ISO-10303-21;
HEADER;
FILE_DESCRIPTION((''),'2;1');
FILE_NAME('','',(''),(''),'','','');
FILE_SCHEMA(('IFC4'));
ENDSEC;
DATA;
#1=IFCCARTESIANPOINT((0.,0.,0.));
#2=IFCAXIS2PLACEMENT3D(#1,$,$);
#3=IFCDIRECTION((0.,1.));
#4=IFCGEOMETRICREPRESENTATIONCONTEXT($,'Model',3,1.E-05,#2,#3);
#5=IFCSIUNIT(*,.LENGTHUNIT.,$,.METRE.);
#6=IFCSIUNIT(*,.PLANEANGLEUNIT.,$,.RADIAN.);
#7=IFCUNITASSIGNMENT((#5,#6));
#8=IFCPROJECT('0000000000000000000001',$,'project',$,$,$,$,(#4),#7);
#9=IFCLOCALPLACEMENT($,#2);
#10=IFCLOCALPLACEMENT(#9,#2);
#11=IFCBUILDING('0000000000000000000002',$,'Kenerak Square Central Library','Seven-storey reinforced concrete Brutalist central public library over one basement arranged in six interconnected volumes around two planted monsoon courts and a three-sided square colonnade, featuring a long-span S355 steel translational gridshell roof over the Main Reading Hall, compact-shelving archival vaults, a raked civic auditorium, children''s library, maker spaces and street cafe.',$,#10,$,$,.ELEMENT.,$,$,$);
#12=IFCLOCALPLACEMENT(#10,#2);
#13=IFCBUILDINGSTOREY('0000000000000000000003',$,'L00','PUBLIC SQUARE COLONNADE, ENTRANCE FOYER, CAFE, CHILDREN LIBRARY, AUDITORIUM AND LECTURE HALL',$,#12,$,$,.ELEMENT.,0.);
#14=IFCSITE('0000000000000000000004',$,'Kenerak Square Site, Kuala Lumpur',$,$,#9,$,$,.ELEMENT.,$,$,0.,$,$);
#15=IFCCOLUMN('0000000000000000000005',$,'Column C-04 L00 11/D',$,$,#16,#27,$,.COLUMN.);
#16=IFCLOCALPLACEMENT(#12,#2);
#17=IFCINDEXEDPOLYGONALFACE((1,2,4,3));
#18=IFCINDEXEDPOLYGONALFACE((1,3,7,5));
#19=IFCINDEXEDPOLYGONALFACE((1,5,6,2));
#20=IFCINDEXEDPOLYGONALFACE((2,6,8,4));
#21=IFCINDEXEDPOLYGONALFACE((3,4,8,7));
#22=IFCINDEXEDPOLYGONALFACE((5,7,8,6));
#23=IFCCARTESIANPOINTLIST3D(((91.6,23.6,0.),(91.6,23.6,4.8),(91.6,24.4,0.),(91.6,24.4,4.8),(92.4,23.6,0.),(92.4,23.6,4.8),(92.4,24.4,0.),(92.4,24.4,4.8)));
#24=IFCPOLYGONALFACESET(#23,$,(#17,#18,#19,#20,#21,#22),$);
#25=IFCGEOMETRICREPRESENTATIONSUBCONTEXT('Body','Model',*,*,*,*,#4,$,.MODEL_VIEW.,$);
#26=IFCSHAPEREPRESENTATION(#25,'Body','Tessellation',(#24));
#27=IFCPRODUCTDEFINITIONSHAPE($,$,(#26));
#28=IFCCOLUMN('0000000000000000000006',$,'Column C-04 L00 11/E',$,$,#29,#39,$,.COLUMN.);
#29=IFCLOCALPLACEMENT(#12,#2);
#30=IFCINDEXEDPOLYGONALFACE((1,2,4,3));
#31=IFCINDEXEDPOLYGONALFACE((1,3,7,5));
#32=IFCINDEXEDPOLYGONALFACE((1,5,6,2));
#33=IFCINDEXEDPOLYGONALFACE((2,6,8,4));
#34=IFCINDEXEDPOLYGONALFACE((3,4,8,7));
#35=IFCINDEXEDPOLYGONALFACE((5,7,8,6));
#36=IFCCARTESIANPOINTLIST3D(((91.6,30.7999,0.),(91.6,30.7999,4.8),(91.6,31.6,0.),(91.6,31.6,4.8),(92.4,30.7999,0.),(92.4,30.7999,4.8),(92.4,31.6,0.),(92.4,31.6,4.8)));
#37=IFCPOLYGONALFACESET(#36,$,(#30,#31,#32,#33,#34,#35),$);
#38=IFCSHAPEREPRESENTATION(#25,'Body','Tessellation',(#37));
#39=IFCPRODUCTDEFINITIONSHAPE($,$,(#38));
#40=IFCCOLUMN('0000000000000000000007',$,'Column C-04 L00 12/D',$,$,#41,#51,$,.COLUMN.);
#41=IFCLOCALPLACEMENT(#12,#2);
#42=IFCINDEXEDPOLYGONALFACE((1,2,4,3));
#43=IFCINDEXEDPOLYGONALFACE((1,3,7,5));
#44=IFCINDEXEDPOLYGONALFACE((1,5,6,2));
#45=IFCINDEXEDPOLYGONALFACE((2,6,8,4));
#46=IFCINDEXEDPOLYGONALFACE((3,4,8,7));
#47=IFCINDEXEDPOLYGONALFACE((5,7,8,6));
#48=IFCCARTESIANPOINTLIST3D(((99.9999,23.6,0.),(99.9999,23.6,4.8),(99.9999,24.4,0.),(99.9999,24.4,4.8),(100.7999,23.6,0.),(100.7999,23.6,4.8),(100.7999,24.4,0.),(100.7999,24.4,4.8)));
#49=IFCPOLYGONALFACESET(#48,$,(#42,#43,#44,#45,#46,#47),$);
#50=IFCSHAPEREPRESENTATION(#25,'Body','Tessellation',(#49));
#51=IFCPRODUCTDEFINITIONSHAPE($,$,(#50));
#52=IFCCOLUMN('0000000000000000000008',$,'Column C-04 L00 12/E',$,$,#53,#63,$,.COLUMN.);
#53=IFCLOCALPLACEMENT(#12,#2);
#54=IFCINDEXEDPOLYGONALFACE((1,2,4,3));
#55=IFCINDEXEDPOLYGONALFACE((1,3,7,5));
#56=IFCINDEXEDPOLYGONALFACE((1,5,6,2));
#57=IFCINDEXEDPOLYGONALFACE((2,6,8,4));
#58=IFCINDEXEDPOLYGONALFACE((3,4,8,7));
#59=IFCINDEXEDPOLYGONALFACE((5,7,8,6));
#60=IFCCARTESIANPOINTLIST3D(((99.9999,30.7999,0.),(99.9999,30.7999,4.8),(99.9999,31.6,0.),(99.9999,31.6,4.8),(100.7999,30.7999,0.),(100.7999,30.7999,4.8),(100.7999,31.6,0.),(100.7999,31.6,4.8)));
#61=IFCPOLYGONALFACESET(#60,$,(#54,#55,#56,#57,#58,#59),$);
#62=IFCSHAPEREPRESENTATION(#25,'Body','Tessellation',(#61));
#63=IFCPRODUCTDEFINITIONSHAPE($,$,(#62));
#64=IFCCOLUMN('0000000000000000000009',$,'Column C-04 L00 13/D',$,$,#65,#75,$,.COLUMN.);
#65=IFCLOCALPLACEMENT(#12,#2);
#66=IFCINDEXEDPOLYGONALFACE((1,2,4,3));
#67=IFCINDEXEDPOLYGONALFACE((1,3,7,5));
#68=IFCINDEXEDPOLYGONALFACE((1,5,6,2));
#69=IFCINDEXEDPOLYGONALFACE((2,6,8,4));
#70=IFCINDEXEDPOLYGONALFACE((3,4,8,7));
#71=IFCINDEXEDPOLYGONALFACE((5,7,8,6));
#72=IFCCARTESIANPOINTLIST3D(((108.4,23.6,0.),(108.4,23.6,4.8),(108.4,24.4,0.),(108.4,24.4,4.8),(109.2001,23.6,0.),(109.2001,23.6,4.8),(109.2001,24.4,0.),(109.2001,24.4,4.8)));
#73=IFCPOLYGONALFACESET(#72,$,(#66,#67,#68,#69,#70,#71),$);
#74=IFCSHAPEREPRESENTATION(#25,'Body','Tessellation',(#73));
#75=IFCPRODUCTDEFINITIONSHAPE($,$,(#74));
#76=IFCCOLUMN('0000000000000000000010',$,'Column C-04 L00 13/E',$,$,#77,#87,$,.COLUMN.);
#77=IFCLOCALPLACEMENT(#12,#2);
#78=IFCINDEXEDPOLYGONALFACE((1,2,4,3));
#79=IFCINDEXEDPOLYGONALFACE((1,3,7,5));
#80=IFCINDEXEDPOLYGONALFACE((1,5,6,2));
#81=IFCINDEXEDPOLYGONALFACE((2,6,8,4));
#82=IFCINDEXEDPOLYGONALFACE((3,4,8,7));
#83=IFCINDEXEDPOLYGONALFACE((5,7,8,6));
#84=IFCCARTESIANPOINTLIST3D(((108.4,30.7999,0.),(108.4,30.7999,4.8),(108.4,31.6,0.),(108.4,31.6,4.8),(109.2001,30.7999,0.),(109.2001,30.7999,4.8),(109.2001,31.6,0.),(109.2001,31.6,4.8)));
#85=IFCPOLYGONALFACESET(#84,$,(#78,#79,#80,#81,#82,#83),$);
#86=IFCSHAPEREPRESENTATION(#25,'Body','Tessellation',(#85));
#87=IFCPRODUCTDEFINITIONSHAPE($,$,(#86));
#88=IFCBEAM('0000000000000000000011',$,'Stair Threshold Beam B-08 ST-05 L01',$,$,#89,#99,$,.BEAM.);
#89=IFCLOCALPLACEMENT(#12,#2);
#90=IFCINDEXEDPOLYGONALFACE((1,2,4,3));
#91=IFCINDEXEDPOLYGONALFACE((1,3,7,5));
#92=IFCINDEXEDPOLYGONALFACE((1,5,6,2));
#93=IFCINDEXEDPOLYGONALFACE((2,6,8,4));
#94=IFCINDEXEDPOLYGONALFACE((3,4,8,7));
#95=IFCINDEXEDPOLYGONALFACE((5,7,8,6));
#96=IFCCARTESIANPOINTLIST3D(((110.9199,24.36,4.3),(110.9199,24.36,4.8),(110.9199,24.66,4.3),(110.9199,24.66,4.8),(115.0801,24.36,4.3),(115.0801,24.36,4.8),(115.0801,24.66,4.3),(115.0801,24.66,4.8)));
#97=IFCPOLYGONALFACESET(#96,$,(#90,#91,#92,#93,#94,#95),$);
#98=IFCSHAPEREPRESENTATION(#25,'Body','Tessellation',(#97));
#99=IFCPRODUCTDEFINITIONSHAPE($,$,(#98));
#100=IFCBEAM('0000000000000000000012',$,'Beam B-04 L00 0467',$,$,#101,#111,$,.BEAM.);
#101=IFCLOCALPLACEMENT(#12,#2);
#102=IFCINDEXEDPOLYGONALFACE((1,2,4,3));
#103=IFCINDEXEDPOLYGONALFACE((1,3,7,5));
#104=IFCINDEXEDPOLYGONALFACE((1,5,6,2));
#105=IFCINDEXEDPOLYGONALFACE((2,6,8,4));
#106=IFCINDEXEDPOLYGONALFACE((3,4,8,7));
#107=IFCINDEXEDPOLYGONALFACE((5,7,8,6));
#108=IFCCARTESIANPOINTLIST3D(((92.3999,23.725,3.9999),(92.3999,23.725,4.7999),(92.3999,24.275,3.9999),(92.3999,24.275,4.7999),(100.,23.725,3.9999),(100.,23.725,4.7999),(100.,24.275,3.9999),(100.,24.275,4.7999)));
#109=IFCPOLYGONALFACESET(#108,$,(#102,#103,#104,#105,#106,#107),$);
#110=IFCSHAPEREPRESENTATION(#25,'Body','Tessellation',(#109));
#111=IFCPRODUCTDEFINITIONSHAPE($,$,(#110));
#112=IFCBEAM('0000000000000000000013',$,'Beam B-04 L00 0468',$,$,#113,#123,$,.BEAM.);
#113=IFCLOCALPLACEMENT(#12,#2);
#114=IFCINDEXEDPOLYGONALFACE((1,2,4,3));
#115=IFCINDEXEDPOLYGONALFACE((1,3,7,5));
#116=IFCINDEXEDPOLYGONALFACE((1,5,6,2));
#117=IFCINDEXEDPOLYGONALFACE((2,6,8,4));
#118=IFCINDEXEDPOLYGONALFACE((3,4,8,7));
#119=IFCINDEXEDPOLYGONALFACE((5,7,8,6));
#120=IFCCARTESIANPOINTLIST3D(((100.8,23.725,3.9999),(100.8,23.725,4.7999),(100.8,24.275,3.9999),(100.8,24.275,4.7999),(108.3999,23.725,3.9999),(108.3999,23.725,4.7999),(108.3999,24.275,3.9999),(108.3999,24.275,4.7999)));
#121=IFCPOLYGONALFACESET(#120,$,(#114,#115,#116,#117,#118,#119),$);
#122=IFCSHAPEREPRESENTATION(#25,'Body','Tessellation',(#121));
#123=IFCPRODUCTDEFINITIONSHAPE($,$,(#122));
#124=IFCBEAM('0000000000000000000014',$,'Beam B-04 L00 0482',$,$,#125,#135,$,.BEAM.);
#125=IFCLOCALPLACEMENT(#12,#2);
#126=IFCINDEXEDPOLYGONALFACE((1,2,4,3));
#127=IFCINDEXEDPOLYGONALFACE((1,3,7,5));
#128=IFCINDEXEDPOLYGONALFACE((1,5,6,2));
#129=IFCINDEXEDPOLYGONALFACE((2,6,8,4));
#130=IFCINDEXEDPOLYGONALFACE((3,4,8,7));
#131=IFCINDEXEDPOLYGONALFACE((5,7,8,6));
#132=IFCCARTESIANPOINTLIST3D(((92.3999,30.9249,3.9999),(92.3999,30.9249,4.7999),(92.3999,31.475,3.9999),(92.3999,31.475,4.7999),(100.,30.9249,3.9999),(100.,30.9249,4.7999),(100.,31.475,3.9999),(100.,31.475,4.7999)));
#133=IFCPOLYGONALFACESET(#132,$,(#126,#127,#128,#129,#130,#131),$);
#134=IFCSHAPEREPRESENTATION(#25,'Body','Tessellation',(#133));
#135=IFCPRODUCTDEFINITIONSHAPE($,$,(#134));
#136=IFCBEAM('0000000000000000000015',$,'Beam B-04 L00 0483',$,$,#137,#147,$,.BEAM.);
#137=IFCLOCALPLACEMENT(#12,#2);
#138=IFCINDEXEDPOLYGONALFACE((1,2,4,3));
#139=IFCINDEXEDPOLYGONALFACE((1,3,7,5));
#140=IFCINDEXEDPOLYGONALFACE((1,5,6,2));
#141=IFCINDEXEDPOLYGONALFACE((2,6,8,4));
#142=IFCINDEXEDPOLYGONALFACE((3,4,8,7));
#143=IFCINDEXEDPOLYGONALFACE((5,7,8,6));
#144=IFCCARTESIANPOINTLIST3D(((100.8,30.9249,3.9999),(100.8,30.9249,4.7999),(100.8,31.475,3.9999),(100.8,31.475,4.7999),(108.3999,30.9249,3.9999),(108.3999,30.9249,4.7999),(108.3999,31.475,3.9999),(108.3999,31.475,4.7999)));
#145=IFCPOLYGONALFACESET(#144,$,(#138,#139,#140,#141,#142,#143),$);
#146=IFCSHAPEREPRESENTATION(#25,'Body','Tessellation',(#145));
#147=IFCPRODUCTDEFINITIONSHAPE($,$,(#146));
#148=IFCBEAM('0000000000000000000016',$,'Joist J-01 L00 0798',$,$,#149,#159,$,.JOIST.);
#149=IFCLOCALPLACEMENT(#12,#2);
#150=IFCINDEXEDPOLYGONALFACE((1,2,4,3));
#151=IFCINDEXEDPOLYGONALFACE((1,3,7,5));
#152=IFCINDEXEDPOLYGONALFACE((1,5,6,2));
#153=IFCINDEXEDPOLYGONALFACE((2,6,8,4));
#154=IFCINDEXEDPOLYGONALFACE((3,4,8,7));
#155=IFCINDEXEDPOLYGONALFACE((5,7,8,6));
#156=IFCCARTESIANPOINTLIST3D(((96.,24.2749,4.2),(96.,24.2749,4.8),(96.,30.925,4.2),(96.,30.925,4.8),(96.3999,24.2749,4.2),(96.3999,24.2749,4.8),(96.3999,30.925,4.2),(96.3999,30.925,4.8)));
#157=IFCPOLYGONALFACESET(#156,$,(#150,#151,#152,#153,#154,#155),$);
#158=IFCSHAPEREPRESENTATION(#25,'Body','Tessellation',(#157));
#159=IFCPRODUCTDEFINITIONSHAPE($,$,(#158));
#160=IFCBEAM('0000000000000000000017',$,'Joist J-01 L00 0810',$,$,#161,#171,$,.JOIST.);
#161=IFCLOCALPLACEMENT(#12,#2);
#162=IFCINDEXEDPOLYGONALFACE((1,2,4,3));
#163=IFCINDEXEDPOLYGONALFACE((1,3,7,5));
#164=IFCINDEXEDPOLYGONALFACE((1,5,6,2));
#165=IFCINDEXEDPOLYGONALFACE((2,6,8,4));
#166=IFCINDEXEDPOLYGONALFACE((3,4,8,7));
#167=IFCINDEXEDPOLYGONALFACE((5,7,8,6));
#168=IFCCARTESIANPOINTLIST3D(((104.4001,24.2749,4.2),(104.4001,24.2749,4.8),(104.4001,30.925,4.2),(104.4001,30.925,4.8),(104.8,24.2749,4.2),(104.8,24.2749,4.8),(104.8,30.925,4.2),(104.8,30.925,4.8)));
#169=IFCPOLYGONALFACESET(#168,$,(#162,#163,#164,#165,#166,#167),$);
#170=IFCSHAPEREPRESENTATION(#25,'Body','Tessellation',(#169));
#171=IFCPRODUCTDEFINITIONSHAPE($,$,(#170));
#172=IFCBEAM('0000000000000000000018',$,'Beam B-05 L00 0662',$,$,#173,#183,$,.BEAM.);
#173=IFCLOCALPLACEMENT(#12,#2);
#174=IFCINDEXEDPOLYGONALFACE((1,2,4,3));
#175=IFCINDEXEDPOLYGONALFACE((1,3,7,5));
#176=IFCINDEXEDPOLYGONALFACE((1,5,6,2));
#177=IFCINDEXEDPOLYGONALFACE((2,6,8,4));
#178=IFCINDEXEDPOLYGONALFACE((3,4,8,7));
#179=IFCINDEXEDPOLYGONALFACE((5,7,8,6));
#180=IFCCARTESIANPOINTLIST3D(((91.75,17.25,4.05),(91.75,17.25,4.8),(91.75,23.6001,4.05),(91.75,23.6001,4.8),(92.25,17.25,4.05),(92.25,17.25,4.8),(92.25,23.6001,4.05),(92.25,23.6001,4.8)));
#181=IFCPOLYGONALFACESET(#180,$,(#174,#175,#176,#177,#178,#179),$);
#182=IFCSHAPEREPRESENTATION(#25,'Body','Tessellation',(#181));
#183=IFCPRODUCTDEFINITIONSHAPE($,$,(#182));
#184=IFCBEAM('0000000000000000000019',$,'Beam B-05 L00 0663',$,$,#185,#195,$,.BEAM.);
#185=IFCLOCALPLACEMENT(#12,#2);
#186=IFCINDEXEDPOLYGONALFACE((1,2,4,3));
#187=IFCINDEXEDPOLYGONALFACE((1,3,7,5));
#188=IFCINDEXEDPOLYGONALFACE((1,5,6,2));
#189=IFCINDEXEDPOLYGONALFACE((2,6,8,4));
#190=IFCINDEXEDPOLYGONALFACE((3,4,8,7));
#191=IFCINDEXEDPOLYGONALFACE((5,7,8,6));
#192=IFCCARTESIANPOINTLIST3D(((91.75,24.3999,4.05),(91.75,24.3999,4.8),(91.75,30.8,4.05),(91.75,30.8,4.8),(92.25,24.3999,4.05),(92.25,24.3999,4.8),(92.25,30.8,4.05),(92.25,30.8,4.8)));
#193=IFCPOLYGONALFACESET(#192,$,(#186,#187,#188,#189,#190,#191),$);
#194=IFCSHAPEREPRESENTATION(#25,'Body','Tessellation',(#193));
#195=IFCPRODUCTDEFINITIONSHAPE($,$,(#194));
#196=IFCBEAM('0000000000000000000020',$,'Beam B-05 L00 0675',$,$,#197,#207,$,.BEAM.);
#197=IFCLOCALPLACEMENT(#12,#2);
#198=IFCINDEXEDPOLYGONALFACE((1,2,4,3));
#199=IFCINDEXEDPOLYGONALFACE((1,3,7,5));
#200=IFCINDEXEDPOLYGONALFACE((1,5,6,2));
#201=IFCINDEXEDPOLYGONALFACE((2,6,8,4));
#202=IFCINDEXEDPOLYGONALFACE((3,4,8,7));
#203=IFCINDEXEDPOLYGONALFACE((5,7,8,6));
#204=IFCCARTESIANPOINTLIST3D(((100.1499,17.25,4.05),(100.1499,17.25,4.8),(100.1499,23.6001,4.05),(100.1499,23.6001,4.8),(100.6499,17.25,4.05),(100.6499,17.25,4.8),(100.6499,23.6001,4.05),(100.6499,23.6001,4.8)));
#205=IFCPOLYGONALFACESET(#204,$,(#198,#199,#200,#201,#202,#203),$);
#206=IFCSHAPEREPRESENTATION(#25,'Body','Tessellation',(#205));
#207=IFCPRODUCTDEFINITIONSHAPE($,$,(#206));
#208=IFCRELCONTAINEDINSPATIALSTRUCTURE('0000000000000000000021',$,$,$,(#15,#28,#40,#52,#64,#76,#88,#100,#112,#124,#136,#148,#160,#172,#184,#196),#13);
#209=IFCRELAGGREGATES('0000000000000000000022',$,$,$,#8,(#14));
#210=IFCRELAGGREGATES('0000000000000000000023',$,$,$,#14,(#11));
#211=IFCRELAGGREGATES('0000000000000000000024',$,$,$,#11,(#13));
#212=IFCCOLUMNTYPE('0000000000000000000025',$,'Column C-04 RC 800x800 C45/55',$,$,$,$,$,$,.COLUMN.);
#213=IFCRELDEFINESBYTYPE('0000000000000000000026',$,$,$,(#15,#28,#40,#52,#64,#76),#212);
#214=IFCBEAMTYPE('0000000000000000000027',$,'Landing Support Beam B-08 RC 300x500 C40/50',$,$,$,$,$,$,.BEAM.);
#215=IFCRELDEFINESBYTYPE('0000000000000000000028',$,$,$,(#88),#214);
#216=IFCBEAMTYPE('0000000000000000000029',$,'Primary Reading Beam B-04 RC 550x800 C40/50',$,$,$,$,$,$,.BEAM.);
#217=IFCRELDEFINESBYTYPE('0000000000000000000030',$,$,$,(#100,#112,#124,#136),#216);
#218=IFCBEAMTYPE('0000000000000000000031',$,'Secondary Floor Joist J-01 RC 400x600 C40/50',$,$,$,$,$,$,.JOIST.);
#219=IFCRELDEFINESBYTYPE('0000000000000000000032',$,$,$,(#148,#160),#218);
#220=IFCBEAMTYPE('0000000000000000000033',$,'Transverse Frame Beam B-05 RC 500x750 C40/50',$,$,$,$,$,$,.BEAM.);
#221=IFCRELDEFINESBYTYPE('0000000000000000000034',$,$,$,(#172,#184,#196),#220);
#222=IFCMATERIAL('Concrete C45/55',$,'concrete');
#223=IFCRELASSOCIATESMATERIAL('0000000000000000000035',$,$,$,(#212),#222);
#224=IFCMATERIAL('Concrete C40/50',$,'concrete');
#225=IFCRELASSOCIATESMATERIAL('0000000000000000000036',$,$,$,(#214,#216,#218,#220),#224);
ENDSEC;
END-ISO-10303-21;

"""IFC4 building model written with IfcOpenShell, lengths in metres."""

from ifc_helpers import new_model, si_unit, direction, frame, origin, origin_2d, place, context, subcontext, project, spatial, rectangle, extrude, material, material_profile, profile_set, type_object, element, save


model = new_model("IFC4")

# Units and contexts
model_context = context("Model", 3, precision=1e-05, world=origin(), true_north=direction((0.0, 1.0)))
body_context = subcontext(model_context, "Body", "Model", "MODEL_VIEW")
ifc_project = project(units=[si_unit("LENGTHUNIT", "METRE"), si_unit("PLANEANGLEUNIT", "RADIAN")], contexts=[model_context])

# Site, building, storey
site_placement = place(None, origin())
site = spatial("IfcSite", under=ifc_project, at=site_placement, Name="Kenerak Square Site, Kuala Lumpur", CompositionType="ELEMENT", RefElevation=0.0)
building_placement = place(site_placement, origin())
building = spatial("IfcBuilding", under=site, at=building_placement, Name="Kenerak Square Central Library", Description="Seven-storey reinforced concrete Brutalist central public library over one basement arranged in six interconnected volumes around two planted monsoon courts and a three-sided square colonnade, featuring a long-span S355 steel translational gridshell roof over the Main Reading Hall, compact-shelving archival vaults, a raked civic auditorium, children's library, maker spaces and street cafe.", CompositionType="ELEMENT")
storey_placement = place(building_placement, origin())
storey = spatial("IfcBuildingStorey", under=building, at=storey_placement, Name="L00", Description="PUBLIC SQUARE COLONNADE, ENTRANCE FOYER, CAFE, CHILDREN LIBRARY, AUDITORIUM AND LECTURE HALL", CompositionType="ELEMENT", Elevation=0.0)

# Columns
ifc_material_1 = material(Name="Concrete C45/55", Category="concrete")
ifc_material_profile_1 = material_profile(ifc_material_1, rectangle(XDim=0.8, YDim=0.8, at=origin_2d()), Name="RC 800x800")
ifc_profile_set_1 = profile_set([ifc_material_profile_1], Name="Concrete C45/55")
column_type = type_object("IfcColumnType", Name="Column C-04 RC 800x800 C45/55", PredefinedType="COLUMN", material=ifc_profile_set_1)
for number, where, z_axis, x_axis, name in (
    (1, (92.0, 24.0, 0.0), (0.0, 0.0, 1.0), (1.0, 0.0, 0.0), "Column C-04 L00 11/D"),
    (2, (92.0, 31.2, 0.0), (0.0, 0.0, 1.0), (1.0, 0.0, 0.0), "Column C-04 L00 11/E"),
    (3, (100.3999, 24.0, 0.0), (0.0, 0.0, 1.0), (1.0, 0.0, 0.0), "Column C-04 L00 12/D"),
    (4, (100.3999, 31.2, 0.0), (0.0, 0.0, 1.0), (1.0, 0.0, 0.0), "Column C-04 L00 12/E"),
    (5, (108.8, 24.0, 0.0), (0.0, 0.0, 1.0), (1.0, 0.0, 0.0), "Column C-04 L00 13/D"),
    (6, (108.8, 31.2, 0.0), (0.0, 0.0, 1.0), (1.0, 0.0, 0.0), "Column C-04 L00 13/E"),
):
    element("IfcColumn", number, at=place(storey_placement, frame(where, z_axis=z_axis, x_axis=x_axis)), inside=storey, type_object=column_type, Name=name, PredefinedType="COLUMN", context=body_context, shape_type="SweptSolid", body=[
        extrude(rectangle(XDim=0.8, YDim=0.8, at=origin_2d()), origin(), (0.0, 0.0, 1.0), 4.8),
    ])

# Beams
ifc_material_2 = material(Name="Concrete C40/50", Category="concrete")
ifc_material_profile_2 = material_profile(ifc_material_2, rectangle(XDim=0.3, YDim=0.5, at=origin_2d()), Name="RC 300x500")
ifc_profile_set_2 = profile_set([ifc_material_profile_2], Name="Concrete C40/50")
beam_type_1 = type_object("IfcBeamType", Name="Landing Support Beam B-08 RC 300x500 C40/50", PredefinedType="BEAM", material=ifc_profile_set_2)
beam_1_placement = place(storey_placement, frame((110.9199, 24.51, 4.55), z_axis=(1.0, 0.0, 0.0), x_axis=(0.0, 1.0, 0.0)))
element("IfcBeam", 7, at=beam_1_placement, inside=storey, type_object=beam_type_1, Name="Stair Threshold Beam B-08 ST-05 L01", PredefinedType="BEAM", context=body_context, shape_type="SweptSolid", body=[
    extrude(rectangle(XDim=0.3, YDim=0.5, at=origin_2d()), origin(), (0.0, 0.0, 1.0), 4.1602),
])
ifc_material_profile_3 = material_profile(ifc_material_2, rectangle(XDim=0.55, YDim=0.8, at=origin_2d()), Name="RC 550x800")
ifc_profile_set_3 = profile_set([ifc_material_profile_3], Name="Concrete C40/50")
beam_type_2 = type_object("IfcBeamType", Name="Primary Reading Beam B-04 RC 550x800 C40/50", PredefinedType="BEAM", material=ifc_profile_set_3)
beam_2_placement = place(storey_placement, frame((92.3999, 24.0, 4.3999), z_axis=(1.0, 0.0, 0.0), x_axis=(0.0, 1.0, 0.0)))
element("IfcBeam", 8, at=beam_2_placement, inside=storey, type_object=beam_type_2, Name="Beam B-04 L00 0467", PredefinedType="BEAM", context=body_context, shape_type="SweptSolid", body=[
    extrude(rectangle(XDim=0.55, YDim=0.8, at=origin_2d()), origin(), (0.0, 0.0, 1.0), 7.6001),
])
beam_3_placement = place(storey_placement, frame((100.8, 24.0, 4.3999), z_axis=(1.0, 0.0, 0.0), x_axis=(0.0, 1.0, 0.0)))
element("IfcBeam", 9, at=beam_3_placement, inside=storey, type_object=beam_type_2, Name="Beam B-04 L00 0468", PredefinedType="BEAM", context=body_context, shape_type="SweptSolid", body=[
    extrude(rectangle(XDim=0.55, YDim=0.8, at=origin_2d()), origin(), (0.0, 0.0, 1.0), 7.5999),
])
beam_4_placement = place(storey_placement, frame((92.3999, 31.2, 4.3999), z_axis=(1.0, 0.0, 0.0), x_axis=(0.0, 1.0, 0.0)))
element("IfcBeam", 10, at=beam_4_placement, inside=storey, type_object=beam_type_2, Name="Beam B-04 L00 0482", PredefinedType="BEAM", context=body_context, shape_type="SweptSolid", body=[
    extrude(rectangle(XDim=0.55, YDim=0.8, at=origin_2d()), origin(), (0.0, 0.0, 1.0), 7.6001),
])
beam_5_placement = place(storey_placement, frame((100.8, 31.2, 4.3999), z_axis=(1.0, 0.0, 0.0), x_axis=(0.0, 1.0, 0.0)))
element("IfcBeam", 11, at=beam_5_placement, inside=storey, type_object=beam_type_2, Name="Beam B-04 L00 0483", PredefinedType="BEAM", context=body_context, shape_type="SweptSolid", body=[
    extrude(rectangle(XDim=0.55, YDim=0.8, at=origin_2d()), origin(), (0.0, 0.0, 1.0), 7.5999),
])
ifc_material_profile_4 = material_profile(ifc_material_2, rectangle(XDim=0.3999, YDim=0.6001, at=origin_2d()), Name="RC 400x600")
ifc_profile_set_4 = profile_set([ifc_material_profile_4], Name="Concrete C40/50")
beam_type_3 = type_object("IfcBeamType", Name="Secondary Floor Joist J-01 RC 400x600 C40/50", PredefinedType="JOIST", material=ifc_profile_set_4)
for number, where, z_axis, x_axis, name in (
    (12, (96.2, 24.2749, 4.5), (0.0, 1.0, 0.0), (-1.0, 0.0, 0.0), "Joist J-01 L00 0798"),
    (13, (104.6001, 24.2749, 4.5), (0.0, 1.0, 0.0), (-1.0, 0.0, 0.0), "Joist J-01 L00 0810"),
):
    element("IfcBeam", number, at=place(storey_placement, frame(where, z_axis=z_axis, x_axis=x_axis)), inside=storey, type_object=beam_type_3, Name=name, PredefinedType="JOIST", context=body_context, shape_type="SweptSolid", body=[
        extrude(rectangle(XDim=0.3999, YDim=0.6001, at=origin_2d()), origin(), (0.0, 0.0, 1.0), 6.6501),
    ])
ifc_material_profile_5 = material_profile(ifc_material_2, rectangle(XDim=0.5, YDim=0.75, at=origin_2d()), Name="RC 500x750")
ifc_profile_set_5 = profile_set([ifc_material_profile_5], Name="Concrete C40/50")
beam_type_4 = type_object("IfcBeamType", Name="Transverse Frame Beam B-05 RC 500x750 C40/50", PredefinedType="BEAM", material=ifc_profile_set_5)
beam_6_placement = place(storey_placement, frame((92.0, 17.25, 4.425), z_axis=(0.0, 1.0, 0.0), x_axis=(-1.0, 0.0, 0.0)))
element("IfcBeam", 14, at=beam_6_placement, inside=storey, type_object=beam_type_4, Name="Beam B-05 L00 0662", PredefinedType="BEAM", context=body_context, shape_type="SweptSolid", body=[
    extrude(rectangle(XDim=0.5, YDim=0.75, at=origin_2d()), origin(), (0.0, 0.0, 1.0), 6.3501),
])
beam_7_placement = place(storey_placement, frame((92.0, 24.3999, 4.425), z_axis=(0.0, 1.0, 0.0), x_axis=(-1.0, 0.0, 0.0)))
element("IfcBeam", 15, at=beam_7_placement, inside=storey, type_object=beam_type_4, Name="Beam B-05 L00 0663", PredefinedType="BEAM", context=body_context, shape_type="SweptSolid", body=[
    extrude(rectangle(XDim=0.5, YDim=0.75, at=origin_2d()), origin(), (0.0, 0.0, 1.0), 6.4001),
])
beam_8_placement = place(storey_placement, frame((100.3999, 17.25, 4.425), z_axis=(0.0, 1.0, 0.0), x_axis=(-1.0, 0.0, 0.0)))
element("IfcBeam", 16, at=beam_8_placement, inside=storey, type_object=beam_type_4, Name="Beam B-05 L00 0675", PredefinedType="BEAM", context=body_context, shape_type="SweptSolid", body=[
    extrude(rectangle(XDim=0.5, YDim=0.75, at=origin_2d()), origin(), (0.0, 0.0, 1.0), 6.3501),
])

save(model, "model.ifc")
